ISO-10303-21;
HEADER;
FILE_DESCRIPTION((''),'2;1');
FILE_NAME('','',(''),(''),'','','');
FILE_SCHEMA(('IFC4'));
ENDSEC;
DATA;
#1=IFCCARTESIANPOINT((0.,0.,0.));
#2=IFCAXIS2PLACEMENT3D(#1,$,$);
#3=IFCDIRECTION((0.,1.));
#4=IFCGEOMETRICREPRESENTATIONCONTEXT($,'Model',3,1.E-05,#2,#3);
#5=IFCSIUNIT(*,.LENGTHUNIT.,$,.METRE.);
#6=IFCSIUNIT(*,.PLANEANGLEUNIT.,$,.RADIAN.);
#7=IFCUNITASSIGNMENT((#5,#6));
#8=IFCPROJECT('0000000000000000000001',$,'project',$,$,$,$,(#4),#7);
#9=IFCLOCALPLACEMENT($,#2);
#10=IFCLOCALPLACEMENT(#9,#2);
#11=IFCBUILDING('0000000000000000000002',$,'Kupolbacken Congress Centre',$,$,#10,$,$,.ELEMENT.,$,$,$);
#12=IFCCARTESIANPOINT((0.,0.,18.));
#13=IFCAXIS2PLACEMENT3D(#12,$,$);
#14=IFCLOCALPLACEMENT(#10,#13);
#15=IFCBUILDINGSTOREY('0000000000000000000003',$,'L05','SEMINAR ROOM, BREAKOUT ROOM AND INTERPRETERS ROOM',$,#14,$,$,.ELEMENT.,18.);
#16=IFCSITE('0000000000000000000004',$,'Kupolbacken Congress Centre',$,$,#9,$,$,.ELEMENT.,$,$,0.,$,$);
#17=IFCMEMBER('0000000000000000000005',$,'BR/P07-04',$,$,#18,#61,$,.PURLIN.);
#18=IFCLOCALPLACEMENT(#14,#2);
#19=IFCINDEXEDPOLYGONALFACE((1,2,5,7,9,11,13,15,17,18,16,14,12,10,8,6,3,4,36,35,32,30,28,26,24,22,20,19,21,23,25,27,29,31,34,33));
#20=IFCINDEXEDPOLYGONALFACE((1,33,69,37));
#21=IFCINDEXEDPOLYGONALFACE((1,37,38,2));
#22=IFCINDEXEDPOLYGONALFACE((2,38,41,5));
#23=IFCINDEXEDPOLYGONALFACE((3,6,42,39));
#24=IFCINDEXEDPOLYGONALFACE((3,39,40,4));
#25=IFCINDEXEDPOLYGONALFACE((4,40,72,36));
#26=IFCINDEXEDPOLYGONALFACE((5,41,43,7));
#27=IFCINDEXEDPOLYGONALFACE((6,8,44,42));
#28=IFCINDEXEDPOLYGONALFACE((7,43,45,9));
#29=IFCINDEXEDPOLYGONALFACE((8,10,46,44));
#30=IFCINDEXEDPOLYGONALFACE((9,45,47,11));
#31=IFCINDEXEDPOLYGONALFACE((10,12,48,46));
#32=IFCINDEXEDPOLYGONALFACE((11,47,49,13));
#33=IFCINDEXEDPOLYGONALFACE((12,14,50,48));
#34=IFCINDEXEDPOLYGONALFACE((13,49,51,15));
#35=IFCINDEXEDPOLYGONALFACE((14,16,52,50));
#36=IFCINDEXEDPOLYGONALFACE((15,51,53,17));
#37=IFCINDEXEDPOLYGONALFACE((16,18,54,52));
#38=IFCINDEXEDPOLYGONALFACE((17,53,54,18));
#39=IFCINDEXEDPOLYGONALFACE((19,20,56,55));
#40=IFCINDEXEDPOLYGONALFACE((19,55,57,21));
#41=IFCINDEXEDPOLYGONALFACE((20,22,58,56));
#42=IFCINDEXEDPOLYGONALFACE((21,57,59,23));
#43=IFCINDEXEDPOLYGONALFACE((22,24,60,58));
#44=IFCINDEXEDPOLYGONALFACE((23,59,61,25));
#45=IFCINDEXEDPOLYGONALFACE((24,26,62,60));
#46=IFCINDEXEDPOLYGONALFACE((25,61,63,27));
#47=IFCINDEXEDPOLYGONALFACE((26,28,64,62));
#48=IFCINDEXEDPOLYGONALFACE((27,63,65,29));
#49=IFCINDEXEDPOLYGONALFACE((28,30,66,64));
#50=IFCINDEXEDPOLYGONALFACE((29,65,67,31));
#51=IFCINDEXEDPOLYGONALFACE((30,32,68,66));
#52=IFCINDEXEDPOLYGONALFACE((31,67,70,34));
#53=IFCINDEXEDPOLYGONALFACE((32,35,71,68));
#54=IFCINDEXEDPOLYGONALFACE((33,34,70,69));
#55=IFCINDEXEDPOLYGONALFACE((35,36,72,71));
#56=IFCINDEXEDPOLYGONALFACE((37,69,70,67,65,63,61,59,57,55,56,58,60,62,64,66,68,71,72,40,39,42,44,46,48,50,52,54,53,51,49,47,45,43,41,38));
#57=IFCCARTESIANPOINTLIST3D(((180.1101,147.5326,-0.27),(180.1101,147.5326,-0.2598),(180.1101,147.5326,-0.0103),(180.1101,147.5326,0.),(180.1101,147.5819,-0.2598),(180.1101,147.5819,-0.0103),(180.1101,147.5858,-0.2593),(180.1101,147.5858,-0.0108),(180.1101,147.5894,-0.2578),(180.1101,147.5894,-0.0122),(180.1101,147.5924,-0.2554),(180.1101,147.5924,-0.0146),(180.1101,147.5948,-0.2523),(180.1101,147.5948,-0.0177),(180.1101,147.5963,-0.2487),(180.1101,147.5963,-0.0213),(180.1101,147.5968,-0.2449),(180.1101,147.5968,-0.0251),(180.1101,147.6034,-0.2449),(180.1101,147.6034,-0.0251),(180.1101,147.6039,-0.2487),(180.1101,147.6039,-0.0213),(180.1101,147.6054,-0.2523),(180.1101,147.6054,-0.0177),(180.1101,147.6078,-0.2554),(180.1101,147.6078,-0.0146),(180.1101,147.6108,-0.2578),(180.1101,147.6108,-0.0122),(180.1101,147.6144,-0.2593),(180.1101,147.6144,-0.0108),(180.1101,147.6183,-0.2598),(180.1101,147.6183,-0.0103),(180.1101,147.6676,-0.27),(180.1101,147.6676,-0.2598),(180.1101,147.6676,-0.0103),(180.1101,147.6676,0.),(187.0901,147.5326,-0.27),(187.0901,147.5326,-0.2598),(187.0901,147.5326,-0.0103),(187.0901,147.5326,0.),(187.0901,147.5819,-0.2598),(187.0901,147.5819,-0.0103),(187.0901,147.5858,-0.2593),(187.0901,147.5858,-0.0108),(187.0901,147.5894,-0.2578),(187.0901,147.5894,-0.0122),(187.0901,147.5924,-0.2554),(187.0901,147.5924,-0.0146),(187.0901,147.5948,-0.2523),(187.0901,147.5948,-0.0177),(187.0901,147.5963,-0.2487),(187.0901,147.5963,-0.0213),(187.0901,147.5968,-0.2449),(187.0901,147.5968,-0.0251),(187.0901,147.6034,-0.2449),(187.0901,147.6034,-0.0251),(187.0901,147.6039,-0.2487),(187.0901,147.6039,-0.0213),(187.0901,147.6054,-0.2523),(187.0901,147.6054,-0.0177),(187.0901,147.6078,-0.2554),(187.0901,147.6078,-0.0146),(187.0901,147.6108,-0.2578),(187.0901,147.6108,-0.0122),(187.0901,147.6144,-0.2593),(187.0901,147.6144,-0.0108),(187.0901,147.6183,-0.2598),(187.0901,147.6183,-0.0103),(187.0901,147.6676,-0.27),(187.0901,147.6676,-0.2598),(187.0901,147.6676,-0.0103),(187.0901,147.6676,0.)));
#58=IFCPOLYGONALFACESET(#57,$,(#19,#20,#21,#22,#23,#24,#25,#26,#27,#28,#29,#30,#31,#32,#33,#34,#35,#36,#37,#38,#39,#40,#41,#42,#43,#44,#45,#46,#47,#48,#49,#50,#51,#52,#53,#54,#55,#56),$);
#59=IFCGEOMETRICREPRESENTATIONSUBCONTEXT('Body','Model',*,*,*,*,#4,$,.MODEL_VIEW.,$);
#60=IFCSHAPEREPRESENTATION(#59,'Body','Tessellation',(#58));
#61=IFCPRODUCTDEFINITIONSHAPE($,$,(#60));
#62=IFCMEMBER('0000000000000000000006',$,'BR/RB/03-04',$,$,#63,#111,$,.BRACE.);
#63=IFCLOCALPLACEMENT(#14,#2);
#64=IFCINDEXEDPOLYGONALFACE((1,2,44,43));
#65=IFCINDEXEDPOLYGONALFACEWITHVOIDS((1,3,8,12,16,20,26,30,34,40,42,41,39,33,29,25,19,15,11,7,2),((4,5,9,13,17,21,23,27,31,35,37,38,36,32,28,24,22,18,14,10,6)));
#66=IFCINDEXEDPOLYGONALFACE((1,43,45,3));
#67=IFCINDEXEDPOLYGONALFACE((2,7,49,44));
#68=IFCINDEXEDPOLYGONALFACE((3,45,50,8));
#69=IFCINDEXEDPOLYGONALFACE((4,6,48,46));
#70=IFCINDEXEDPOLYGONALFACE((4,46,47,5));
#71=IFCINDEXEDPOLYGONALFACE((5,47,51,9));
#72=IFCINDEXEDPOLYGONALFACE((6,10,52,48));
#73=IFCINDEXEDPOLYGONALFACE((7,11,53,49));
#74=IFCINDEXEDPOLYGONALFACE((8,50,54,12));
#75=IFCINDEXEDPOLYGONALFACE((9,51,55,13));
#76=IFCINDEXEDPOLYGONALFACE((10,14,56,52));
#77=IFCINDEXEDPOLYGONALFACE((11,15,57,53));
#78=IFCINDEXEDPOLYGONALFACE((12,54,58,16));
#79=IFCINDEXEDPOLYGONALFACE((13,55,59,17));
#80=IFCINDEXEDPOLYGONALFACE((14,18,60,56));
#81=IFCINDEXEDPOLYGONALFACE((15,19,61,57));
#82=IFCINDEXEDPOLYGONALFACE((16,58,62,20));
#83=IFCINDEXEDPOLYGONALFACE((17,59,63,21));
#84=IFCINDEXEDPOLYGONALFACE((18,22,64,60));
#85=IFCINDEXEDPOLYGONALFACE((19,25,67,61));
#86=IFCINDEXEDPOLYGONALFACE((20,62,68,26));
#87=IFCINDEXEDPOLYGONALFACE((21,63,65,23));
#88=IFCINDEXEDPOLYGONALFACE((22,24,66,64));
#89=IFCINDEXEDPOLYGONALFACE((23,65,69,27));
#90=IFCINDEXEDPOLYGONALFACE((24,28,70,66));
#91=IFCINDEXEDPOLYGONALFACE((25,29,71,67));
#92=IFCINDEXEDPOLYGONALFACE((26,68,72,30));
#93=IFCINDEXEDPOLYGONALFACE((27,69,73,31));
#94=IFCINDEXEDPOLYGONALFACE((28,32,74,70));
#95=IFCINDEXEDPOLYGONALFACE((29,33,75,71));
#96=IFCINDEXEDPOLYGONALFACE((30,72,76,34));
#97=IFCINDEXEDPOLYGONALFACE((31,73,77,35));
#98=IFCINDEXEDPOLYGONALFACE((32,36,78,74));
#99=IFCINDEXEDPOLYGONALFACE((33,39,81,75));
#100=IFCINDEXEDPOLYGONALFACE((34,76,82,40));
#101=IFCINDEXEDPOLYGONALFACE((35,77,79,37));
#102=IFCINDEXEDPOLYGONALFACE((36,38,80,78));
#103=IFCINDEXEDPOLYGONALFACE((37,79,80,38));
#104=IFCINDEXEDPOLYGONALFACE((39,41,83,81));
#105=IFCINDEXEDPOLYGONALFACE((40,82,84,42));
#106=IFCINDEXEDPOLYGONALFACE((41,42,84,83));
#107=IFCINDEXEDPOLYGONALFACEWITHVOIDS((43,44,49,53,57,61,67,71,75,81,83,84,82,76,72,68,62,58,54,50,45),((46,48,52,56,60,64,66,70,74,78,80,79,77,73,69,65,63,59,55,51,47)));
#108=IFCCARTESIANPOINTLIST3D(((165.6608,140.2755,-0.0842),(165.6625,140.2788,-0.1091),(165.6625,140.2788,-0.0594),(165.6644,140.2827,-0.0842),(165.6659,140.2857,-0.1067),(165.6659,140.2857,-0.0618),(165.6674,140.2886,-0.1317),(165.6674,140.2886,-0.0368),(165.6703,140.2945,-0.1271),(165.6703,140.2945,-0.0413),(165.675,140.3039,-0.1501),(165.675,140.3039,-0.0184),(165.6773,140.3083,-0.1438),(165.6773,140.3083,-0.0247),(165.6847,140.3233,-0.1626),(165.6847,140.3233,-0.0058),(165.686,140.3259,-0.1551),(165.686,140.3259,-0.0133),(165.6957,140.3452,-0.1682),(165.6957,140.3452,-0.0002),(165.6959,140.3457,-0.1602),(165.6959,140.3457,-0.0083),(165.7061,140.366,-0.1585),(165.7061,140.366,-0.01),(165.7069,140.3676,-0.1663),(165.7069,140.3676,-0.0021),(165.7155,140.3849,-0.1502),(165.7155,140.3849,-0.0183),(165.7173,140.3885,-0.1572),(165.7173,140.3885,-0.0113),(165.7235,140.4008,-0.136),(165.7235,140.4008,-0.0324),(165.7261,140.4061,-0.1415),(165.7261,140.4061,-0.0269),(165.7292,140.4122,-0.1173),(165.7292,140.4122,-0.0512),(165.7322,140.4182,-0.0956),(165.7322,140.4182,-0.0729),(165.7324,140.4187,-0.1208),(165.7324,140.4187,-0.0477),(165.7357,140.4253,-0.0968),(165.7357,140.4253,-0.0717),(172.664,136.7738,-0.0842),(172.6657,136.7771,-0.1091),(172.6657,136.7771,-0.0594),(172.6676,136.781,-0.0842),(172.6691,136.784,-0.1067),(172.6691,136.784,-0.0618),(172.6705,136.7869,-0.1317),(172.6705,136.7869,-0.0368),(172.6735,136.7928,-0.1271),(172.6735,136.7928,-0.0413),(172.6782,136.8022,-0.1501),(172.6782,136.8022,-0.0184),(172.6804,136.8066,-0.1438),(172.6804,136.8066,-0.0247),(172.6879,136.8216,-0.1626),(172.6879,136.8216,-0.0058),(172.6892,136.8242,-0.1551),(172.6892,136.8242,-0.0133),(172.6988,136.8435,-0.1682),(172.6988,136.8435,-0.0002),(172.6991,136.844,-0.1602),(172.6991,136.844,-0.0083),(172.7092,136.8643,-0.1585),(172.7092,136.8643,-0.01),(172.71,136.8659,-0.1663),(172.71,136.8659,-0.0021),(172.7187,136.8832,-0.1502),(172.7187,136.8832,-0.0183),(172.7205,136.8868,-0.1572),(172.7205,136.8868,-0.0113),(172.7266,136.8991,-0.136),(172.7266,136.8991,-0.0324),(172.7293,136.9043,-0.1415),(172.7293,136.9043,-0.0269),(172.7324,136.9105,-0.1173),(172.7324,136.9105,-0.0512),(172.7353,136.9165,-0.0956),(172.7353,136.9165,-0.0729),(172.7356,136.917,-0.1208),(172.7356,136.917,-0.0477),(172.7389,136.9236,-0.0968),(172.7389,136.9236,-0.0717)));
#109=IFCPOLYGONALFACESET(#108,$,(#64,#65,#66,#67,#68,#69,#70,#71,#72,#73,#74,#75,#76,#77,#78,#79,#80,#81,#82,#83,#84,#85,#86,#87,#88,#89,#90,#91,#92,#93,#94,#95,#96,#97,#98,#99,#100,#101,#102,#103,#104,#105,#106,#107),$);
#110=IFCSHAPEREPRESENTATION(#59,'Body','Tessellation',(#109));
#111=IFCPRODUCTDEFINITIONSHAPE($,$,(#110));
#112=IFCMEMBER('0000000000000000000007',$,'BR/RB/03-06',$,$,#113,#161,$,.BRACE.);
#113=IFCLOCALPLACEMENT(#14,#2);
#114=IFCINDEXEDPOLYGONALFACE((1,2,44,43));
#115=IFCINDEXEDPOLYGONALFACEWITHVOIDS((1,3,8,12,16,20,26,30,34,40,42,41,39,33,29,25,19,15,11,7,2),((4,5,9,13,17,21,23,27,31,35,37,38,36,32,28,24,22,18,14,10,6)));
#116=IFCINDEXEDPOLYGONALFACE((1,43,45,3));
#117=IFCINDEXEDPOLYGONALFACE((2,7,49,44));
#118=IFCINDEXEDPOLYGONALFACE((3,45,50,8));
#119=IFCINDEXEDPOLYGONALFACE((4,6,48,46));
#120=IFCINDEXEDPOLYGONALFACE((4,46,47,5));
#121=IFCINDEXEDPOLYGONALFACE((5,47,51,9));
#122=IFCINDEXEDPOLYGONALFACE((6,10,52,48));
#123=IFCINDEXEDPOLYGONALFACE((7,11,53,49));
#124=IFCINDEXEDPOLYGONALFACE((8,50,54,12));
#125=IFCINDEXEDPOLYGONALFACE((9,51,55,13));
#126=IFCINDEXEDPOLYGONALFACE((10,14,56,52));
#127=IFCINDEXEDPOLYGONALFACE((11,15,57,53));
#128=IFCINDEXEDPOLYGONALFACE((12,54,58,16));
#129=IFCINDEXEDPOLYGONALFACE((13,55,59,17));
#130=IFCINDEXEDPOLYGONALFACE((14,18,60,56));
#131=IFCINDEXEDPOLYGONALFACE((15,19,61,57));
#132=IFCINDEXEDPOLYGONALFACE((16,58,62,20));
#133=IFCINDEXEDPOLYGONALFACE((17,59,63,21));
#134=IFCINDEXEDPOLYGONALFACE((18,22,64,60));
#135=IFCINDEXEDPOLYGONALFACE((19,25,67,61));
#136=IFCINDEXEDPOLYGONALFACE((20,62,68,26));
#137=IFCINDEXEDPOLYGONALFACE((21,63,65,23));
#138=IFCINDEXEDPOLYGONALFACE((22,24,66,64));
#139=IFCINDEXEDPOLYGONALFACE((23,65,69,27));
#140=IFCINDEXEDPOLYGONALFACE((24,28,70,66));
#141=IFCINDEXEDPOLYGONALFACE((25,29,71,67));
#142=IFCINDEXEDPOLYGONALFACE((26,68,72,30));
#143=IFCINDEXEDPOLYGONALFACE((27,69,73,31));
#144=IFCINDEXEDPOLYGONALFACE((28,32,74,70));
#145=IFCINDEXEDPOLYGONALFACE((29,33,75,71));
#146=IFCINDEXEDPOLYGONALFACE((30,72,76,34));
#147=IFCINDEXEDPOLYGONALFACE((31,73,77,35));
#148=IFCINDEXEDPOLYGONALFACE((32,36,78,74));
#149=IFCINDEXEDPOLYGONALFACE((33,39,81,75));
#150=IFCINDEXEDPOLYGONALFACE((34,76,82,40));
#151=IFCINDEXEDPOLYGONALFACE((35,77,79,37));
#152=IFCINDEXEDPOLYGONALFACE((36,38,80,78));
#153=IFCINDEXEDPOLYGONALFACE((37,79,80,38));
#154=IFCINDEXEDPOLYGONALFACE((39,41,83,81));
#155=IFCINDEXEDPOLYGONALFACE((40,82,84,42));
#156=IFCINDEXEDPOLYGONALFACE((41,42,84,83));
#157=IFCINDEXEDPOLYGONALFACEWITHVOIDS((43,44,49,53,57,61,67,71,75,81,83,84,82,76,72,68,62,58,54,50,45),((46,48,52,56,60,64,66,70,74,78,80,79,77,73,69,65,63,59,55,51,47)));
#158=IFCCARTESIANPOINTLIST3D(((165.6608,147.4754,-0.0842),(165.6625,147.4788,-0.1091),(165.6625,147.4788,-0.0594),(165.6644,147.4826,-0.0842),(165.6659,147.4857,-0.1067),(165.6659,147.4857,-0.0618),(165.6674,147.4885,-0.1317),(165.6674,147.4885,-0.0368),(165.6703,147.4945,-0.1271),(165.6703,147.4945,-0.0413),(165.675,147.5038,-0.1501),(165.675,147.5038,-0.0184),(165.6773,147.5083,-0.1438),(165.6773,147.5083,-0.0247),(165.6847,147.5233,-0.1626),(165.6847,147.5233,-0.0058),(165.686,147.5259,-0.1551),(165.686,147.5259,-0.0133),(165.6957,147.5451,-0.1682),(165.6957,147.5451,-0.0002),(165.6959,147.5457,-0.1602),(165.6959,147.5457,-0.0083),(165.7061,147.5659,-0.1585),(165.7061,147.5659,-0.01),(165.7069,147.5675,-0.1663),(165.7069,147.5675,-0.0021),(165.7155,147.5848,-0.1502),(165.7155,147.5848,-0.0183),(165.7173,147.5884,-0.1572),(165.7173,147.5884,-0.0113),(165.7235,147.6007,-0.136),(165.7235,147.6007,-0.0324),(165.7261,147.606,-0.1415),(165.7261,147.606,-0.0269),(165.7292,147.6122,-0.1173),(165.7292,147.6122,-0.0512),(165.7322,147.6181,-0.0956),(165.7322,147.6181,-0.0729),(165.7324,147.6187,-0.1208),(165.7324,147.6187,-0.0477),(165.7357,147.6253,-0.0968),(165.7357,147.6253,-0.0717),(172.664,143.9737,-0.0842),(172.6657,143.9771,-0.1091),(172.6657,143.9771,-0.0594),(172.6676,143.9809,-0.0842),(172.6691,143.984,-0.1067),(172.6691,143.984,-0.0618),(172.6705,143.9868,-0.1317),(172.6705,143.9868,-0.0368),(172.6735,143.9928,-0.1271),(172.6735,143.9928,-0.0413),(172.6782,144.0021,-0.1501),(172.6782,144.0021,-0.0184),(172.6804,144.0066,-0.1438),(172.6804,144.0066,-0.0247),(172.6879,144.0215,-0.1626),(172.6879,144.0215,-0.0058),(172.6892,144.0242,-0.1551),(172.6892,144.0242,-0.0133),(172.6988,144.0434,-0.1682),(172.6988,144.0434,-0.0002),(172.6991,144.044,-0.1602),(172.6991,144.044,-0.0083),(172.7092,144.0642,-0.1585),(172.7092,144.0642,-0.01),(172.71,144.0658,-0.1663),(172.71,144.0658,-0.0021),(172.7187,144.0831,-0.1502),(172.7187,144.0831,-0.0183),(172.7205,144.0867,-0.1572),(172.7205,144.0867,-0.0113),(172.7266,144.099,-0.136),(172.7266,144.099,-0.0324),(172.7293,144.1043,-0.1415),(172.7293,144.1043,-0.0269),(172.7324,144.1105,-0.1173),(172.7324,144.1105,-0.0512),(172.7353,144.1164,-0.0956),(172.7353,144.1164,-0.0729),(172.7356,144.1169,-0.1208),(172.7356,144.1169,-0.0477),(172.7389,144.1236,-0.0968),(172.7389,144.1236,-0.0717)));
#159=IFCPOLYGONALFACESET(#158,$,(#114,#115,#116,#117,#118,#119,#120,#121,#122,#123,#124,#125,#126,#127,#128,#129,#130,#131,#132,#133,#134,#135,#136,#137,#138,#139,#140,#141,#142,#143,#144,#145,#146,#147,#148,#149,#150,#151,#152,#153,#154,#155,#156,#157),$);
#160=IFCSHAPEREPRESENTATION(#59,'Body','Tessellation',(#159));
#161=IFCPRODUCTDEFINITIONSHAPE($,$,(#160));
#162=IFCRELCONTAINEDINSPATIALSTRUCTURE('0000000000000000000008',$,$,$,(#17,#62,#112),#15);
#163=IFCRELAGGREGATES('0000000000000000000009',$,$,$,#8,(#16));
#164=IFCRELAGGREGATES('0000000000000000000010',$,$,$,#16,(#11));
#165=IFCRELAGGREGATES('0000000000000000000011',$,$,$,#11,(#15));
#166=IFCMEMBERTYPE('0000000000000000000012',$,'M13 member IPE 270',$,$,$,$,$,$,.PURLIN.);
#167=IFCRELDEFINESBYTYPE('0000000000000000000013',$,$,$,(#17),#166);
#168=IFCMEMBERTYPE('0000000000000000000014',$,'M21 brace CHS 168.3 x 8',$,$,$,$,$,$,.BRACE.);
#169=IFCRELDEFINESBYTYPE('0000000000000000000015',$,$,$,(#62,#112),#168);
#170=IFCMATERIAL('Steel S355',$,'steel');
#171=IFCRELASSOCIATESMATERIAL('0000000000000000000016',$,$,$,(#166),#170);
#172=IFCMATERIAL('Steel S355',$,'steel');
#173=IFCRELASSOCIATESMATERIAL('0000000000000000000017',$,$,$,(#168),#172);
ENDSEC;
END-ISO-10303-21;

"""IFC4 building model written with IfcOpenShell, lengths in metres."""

from ifc_helpers import new_model, si_unit, direction, frame, origin, origin_2d, place, context, subcontext, project, spatial, hollow_circle, i_section, extrude, material, material_profile, profile_set, type_object, element, save


model = new_model("IFC4")

# Units and contexts
model_context = context("Model", 3, precision=1e-05, world=origin(), true_north=direction((0.0, 1.0)))
body_context = subcontext(model_context, "Body", "Model", "MODEL_VIEW")
ifc_project = project(units=[si_unit("LENGTHUNIT", "METRE"), si_unit("PLANEANGLEUNIT", "RADIAN")], contexts=[model_context])

# Site, building, storey
site_placement = place(None, origin())
site = spatial("IfcSite", under=ifc_project, at=site_placement, Name="Kupolbacken Congress Centre", CompositionType="ELEMENT", RefElevation=0.0)
building_placement = place(site_placement, origin())
building = spatial("IfcBuilding", under=site, at=building_placement, Name="Kupolbacken Congress Centre", CompositionType="ELEMENT")
storey_placement = place(building_placement, frame((0.0, 0.0, 18.0)))
storey = spatial("IfcBuildingStorey", under=building, at=storey_placement, Name="L05", Description="SEMINAR ROOM, BREAKOUT ROOM AND INTERPRETERS ROOM", CompositionType="ELEMENT", Elevation=18.0)

# Members
ifc_material_1 = material(Name="Steel S355", Category="steel")
ifc_material_profile_1 = material_profile(ifc_material_1, i_section(OverallWidth=0.135, OverallDepth=0.27, WebThickness=0.0066, FlangeThickness=0.0103, FilletRadius=0.0149, at=origin_2d()), Name="IPE 270")
ifc_profile_set_1 = profile_set([ifc_material_profile_1], Name="Steel S355")
member_type_1 = type_object("IfcMemberType", Name="M13 member IPE 270", PredefinedType="PURLIN", material=ifc_profile_set_1)
for number, where, z_axis, x_axis, name in (
    (1, (180.1101, 147.6001, -0.135), (1.0, 0.0, 0.0), (0.0, 1.0, 0.0), "BR/P07-04"),
):
    element("IfcMember", number, at=place(storey_placement, frame(where, z_axis=z_axis, x_axis=x_axis)), inside=storey, type_object=member_type_1, Name=name, PredefinedType="PURLIN", context=body_context, shape_type="SweptSolid", body=[
        extrude(i_section(OverallWidth=0.135, OverallDepth=0.27, WebThickness=0.0066, FlangeThickness=0.0103, FilletRadius=0.0149, at=origin_2d()), origin(), (0.0, 0.0, 1.0), 6.98),
    ])
ifc_material_2 = material(Name="Steel S355", Category="steel")
ifc_material_profile_2 = material_profile(ifc_material_2, hollow_circle(Radius=0.0842, WallThickness=0.0081, at=origin_2d()), Name="CHS 168.3 x 8")
ifc_profile_set_2 = profile_set([ifc_material_profile_2], Name="Steel S355")
member_type_2 = type_object("IfcMemberType", Name="M21 brace CHS 168.3 x 8", PredefinedType="BRACE", material=ifc_profile_set_2)
for number, where, z_axis, x_axis, name in (
    (2, (172.7017, 136.8491, -0.0842), (-0.894421, 0.447226, 0.0), (-0.447226, -0.894421, 0.0), "BR/RB/03-04"),
    (3, (172.7017, 144.0491, -0.0842), (-0.894421, 0.447226, 0.0), (-0.447226, -0.894421, 0.0), "BR/RB/03-06"),
):
    element("IfcMember", number, at=place(storey_placement, frame(where, z_axis=z_axis, x_axis=x_axis)), inside=storey, type_object=member_type_2, Name=name, PredefinedType="BRACE", context=body_context, shape_type="SweptSolid", body=[
        extrude(hollow_circle(Radius=0.0842, WallThickness=0.0081, at=origin_2d()), origin(), (0.0, 0.0, 1.0), 7.8298),
    ])

save(model, "model.ifc")
